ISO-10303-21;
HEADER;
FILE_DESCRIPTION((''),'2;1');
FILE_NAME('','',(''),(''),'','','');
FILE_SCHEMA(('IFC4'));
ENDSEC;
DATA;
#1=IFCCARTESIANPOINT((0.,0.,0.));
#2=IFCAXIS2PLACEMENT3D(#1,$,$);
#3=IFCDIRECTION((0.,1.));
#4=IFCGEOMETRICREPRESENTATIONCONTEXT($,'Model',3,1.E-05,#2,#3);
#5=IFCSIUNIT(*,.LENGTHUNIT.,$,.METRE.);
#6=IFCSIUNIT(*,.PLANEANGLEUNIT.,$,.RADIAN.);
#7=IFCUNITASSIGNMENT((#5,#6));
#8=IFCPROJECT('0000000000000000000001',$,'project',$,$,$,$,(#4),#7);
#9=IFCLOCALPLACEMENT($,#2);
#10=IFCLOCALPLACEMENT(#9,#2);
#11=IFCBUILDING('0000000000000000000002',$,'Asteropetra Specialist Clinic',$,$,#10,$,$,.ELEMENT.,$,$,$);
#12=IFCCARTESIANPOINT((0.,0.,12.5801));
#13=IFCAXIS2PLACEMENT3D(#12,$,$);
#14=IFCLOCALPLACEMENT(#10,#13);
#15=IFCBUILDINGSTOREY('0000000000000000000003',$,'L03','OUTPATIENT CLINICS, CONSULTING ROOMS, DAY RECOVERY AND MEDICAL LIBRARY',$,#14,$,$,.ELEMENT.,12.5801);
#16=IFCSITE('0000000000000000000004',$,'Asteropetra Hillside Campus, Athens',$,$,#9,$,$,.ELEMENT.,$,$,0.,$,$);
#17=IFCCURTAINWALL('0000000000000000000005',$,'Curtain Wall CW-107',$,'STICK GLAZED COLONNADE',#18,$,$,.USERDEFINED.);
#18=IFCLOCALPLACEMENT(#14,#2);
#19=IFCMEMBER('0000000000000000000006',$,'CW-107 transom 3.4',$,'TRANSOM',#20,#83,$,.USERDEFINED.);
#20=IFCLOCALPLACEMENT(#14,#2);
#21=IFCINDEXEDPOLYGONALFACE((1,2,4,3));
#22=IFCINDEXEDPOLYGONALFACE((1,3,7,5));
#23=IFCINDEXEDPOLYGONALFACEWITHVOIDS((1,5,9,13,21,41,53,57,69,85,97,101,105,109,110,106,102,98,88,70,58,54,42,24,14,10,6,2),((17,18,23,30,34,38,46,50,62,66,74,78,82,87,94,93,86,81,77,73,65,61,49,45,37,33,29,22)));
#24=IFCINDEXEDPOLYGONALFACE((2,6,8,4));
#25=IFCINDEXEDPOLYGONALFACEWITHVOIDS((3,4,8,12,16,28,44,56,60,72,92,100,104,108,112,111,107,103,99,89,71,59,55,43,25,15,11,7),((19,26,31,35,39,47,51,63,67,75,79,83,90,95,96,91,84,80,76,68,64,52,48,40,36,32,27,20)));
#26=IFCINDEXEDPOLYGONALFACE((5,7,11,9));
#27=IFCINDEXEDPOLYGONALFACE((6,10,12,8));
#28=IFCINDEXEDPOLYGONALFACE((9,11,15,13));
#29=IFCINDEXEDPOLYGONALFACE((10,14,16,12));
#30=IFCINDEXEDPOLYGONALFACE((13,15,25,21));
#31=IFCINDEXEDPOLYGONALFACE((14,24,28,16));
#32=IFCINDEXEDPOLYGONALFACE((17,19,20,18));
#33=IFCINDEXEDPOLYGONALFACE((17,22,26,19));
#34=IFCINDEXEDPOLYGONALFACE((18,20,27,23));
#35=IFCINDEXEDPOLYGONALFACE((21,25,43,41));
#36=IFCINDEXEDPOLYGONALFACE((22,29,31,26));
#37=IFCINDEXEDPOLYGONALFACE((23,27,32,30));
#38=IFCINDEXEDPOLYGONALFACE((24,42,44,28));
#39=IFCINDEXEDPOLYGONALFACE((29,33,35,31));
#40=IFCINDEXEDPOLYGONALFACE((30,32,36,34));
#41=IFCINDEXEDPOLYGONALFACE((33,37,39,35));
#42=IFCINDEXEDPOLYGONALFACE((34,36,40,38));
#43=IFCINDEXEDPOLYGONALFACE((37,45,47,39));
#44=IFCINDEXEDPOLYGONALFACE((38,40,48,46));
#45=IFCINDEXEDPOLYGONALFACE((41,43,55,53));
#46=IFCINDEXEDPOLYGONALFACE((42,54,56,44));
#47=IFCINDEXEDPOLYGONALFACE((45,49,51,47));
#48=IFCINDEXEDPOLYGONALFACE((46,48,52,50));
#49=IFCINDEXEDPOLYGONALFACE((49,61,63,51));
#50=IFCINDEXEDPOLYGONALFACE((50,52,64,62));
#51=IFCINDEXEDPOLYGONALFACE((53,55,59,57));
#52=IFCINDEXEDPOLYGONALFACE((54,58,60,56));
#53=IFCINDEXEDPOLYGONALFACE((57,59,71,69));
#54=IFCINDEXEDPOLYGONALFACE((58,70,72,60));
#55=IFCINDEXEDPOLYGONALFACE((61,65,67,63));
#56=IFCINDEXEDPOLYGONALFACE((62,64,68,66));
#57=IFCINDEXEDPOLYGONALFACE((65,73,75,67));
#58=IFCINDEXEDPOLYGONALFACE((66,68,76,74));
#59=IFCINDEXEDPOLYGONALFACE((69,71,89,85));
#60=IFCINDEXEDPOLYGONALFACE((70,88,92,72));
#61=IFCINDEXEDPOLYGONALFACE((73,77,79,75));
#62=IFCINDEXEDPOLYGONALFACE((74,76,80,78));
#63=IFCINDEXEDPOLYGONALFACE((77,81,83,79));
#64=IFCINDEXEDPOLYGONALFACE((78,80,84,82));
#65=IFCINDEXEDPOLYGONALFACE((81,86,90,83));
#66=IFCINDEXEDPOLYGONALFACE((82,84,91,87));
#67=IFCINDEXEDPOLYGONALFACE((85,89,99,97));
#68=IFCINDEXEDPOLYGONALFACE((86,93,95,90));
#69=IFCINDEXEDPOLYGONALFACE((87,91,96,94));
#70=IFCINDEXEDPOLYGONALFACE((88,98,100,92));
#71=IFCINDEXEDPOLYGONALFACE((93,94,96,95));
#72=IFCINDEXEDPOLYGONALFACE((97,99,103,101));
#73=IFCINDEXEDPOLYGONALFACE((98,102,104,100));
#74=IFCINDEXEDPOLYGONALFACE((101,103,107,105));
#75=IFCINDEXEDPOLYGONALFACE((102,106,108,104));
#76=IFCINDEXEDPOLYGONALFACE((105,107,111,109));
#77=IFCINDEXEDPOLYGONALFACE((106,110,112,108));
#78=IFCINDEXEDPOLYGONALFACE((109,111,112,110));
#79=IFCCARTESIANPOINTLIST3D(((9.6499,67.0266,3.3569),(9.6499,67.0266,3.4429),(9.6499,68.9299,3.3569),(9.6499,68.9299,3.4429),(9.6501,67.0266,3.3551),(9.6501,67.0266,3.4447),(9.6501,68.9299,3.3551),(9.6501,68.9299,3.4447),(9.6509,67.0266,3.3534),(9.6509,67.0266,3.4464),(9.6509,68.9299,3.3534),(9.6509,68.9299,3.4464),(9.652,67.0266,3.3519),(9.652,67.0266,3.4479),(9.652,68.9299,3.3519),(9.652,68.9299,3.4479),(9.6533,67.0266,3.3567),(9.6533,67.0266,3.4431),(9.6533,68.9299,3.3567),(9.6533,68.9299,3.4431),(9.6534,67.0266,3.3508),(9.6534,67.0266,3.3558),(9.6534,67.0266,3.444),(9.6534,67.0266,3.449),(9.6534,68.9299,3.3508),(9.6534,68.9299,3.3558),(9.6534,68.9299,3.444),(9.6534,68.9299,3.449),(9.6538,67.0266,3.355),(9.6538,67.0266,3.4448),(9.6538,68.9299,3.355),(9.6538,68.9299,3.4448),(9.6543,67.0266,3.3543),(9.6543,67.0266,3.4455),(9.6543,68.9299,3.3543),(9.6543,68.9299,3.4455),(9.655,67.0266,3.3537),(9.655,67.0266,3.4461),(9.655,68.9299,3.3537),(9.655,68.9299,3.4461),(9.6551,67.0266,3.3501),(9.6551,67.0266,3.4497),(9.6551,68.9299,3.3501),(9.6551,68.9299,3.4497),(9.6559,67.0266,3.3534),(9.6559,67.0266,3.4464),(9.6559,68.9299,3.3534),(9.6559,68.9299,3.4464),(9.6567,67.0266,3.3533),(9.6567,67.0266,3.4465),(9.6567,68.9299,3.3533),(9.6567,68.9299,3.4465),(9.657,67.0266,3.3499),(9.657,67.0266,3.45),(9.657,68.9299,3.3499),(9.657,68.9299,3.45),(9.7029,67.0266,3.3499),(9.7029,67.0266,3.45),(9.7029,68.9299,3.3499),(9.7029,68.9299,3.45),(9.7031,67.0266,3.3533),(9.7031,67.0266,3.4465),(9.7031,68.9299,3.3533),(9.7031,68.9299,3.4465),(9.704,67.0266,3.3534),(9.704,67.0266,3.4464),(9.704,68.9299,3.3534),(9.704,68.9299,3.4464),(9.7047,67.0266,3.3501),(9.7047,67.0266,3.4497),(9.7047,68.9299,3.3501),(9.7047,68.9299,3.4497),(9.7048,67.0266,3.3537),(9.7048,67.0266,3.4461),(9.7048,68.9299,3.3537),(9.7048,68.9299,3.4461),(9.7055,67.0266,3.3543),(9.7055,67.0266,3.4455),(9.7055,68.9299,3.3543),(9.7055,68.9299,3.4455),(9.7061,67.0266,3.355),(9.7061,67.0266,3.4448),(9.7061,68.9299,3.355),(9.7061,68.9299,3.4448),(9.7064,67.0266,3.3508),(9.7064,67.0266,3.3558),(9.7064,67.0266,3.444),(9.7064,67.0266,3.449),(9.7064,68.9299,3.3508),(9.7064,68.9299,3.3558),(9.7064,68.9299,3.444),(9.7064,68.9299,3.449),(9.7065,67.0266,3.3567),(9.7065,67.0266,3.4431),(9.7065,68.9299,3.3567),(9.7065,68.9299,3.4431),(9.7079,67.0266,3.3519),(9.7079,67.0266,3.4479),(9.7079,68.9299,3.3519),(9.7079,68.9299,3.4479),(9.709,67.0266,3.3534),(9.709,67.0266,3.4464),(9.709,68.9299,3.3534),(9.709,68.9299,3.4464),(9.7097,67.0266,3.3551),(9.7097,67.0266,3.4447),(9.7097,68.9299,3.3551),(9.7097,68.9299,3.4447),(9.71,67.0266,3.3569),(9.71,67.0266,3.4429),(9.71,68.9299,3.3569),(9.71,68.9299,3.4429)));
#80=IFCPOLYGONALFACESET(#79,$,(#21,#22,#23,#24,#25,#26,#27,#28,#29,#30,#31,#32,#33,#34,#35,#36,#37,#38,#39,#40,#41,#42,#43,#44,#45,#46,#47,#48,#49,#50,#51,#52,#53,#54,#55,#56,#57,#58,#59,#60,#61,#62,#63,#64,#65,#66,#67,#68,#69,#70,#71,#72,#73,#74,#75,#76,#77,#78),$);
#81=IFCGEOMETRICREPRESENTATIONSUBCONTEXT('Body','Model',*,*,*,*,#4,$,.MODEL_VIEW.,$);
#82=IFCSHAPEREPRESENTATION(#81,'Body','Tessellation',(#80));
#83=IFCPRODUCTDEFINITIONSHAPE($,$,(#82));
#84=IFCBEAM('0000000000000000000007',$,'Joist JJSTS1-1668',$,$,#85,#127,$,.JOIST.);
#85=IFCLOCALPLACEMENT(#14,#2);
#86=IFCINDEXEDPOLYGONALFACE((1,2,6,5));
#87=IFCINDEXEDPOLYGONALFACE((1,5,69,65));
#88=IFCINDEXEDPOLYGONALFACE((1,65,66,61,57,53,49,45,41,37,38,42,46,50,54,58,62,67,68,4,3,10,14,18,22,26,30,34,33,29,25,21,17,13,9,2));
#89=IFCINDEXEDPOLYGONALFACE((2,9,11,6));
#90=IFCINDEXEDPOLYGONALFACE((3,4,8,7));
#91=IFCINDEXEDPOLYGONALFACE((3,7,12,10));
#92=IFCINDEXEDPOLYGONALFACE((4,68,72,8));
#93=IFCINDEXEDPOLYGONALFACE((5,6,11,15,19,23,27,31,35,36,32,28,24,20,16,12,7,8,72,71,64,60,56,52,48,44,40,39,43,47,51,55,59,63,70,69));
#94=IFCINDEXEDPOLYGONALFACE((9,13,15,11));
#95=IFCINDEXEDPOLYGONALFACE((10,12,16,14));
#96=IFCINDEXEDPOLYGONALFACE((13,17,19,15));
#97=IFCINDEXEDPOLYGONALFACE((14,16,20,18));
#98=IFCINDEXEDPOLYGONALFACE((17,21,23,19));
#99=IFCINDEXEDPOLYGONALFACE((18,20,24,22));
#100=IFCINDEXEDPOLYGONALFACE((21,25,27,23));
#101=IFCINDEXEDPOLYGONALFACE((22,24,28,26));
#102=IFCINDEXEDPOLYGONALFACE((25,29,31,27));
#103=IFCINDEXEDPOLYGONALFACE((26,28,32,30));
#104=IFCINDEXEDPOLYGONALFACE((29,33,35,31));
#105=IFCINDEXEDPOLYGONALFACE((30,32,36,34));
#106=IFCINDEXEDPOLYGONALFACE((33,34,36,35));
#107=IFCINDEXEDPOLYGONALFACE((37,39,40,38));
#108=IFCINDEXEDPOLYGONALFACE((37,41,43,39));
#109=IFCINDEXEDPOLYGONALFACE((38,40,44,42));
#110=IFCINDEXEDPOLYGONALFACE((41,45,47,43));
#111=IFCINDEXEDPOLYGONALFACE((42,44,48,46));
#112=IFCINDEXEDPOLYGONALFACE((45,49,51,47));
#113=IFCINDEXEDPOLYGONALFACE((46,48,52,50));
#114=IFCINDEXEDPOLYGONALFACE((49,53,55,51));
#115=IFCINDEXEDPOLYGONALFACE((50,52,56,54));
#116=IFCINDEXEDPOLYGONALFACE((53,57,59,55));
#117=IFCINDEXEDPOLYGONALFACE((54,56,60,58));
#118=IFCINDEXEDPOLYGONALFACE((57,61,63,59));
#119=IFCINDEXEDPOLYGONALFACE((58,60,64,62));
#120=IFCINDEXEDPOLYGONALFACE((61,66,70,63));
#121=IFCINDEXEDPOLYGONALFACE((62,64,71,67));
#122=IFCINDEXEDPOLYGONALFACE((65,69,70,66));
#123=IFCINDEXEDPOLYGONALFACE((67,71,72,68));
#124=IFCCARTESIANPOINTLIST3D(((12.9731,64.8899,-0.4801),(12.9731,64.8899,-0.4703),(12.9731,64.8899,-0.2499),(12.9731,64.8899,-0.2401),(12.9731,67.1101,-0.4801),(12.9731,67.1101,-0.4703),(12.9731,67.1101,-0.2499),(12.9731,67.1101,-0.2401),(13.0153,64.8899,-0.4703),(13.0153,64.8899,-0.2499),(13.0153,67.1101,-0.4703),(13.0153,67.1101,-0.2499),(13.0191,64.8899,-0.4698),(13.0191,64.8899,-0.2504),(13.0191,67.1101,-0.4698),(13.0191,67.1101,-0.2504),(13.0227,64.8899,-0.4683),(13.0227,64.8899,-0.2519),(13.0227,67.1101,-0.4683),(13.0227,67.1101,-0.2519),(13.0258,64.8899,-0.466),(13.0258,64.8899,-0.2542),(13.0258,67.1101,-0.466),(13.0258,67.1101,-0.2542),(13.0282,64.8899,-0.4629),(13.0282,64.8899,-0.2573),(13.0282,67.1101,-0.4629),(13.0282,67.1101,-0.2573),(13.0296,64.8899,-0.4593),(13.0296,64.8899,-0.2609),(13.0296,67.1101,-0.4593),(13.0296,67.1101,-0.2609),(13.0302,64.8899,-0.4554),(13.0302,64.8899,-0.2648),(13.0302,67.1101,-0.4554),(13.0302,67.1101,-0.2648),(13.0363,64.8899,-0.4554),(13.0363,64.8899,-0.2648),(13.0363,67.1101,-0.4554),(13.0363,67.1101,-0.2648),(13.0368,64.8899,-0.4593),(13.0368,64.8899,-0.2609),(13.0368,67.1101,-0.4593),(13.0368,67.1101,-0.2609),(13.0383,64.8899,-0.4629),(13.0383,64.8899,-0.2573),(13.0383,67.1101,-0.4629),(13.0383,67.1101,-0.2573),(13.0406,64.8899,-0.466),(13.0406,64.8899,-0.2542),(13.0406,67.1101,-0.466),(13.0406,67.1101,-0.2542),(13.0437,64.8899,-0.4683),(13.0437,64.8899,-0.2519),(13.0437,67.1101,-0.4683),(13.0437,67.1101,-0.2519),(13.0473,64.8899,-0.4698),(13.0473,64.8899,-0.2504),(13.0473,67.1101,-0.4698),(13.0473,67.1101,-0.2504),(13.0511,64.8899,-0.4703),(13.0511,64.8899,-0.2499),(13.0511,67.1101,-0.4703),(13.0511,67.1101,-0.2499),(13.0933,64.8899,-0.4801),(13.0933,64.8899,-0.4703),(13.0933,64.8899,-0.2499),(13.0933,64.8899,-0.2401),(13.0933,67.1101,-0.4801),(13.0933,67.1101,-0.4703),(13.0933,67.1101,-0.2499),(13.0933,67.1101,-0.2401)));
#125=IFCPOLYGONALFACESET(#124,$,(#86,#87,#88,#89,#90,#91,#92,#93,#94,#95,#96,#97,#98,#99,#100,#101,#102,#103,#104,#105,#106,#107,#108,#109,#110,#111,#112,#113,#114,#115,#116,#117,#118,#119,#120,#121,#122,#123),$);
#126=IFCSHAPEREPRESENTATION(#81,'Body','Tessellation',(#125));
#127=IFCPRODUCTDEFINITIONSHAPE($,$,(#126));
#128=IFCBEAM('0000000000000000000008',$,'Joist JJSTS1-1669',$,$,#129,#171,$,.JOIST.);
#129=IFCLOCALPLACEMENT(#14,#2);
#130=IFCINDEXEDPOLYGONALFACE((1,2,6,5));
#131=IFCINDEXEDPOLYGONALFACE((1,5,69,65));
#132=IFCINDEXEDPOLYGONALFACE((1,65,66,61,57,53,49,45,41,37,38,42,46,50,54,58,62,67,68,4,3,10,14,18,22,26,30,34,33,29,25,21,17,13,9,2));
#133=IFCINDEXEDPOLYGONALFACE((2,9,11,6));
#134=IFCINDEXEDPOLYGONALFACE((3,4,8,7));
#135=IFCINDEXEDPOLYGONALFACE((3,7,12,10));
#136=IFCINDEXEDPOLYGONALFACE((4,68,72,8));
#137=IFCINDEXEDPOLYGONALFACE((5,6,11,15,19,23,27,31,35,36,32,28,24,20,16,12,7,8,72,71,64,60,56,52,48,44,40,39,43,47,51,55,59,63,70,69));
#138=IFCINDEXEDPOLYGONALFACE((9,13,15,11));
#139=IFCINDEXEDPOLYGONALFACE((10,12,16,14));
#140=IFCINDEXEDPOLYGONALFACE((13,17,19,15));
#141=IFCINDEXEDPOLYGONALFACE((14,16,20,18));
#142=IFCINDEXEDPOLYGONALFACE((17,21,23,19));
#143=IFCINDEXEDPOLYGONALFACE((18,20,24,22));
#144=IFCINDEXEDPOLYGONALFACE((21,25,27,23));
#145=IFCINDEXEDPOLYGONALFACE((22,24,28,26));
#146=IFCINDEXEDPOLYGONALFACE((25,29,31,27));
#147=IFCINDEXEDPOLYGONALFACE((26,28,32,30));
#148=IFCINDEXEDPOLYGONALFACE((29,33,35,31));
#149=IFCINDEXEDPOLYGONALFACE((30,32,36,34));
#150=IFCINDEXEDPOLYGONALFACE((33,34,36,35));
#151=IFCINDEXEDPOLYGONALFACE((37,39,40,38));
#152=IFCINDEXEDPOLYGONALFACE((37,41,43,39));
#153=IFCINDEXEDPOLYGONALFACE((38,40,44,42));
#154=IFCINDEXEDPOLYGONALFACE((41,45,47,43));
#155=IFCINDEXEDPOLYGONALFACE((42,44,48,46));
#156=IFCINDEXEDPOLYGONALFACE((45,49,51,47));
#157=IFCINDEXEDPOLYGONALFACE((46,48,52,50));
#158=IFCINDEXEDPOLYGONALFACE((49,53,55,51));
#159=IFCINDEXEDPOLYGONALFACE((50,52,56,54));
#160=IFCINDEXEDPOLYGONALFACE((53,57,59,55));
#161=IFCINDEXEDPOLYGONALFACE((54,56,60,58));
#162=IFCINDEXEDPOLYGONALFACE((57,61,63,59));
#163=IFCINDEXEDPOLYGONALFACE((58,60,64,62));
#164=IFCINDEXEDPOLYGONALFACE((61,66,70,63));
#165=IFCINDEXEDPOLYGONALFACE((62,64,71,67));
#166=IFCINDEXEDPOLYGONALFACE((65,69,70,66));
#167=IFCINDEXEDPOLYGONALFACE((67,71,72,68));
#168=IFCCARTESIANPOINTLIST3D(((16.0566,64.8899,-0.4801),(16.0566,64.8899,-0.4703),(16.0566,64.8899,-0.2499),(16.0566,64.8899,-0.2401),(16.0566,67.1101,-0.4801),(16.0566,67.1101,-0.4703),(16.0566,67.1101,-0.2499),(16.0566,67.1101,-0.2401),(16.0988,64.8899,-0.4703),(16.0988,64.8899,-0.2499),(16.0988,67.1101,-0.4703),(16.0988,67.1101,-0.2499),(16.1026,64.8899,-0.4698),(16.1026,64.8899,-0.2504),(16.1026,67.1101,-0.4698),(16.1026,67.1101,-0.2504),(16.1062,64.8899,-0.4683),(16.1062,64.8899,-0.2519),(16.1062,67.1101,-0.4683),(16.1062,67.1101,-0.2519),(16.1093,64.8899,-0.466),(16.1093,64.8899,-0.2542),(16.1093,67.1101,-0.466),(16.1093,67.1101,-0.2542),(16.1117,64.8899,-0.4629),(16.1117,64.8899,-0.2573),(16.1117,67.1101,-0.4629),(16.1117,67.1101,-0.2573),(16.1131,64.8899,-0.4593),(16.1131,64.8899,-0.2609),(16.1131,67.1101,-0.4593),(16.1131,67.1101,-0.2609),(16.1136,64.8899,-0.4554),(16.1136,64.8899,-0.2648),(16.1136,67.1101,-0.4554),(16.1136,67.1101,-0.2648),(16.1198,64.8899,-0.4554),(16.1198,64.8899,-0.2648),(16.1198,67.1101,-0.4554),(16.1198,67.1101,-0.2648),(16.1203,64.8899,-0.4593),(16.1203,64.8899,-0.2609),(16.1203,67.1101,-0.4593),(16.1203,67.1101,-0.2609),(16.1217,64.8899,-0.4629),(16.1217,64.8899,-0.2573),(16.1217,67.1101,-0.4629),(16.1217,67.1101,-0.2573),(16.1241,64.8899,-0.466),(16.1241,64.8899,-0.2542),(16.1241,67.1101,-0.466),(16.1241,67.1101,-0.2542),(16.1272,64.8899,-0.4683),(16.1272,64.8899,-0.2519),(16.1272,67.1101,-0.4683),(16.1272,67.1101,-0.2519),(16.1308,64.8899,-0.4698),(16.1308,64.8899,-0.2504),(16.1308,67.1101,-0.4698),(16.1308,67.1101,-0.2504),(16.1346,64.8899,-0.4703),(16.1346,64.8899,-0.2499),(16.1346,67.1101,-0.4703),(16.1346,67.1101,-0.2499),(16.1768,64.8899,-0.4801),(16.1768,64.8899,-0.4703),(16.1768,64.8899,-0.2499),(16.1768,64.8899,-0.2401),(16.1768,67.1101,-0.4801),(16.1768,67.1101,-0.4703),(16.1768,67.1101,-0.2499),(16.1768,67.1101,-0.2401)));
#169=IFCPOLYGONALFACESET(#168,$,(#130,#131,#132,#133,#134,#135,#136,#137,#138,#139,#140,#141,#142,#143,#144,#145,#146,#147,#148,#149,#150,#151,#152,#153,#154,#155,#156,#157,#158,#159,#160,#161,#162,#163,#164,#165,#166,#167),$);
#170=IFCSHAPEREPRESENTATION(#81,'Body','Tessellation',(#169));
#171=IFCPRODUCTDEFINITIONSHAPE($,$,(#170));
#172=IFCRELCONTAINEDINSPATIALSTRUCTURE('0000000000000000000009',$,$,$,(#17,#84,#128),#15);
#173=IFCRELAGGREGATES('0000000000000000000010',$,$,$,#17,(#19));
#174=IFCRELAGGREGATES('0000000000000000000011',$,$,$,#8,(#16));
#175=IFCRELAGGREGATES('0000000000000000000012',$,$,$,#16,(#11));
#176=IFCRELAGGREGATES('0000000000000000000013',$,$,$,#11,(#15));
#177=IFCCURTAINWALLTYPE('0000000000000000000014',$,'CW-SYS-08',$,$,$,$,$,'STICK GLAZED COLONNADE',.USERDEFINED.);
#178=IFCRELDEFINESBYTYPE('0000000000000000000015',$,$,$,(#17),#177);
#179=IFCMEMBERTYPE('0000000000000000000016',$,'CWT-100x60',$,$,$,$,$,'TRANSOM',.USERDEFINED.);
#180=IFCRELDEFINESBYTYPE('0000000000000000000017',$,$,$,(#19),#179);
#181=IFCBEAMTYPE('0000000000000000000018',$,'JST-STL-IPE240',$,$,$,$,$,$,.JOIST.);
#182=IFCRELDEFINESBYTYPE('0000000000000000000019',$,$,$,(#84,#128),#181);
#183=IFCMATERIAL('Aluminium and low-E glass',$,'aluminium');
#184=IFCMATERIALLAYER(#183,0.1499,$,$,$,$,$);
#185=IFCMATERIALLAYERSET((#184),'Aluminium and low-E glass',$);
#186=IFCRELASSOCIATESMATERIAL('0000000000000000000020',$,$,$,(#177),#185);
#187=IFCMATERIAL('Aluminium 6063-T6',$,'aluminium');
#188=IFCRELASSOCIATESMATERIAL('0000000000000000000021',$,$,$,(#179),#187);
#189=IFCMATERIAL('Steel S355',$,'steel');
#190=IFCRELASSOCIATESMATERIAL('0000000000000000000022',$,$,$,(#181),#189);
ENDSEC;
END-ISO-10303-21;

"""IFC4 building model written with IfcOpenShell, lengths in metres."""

from ifc_helpers import new_model, si_unit, direction, frame, origin, origin_2d, place, context, subcontext, project, spatial, hollow_rectangle, i_section, extrude, material, layer, layer_set, material_profile, profile_set, type_object, element, aggregate, save


model = new_model("IFC4")

# Units and contexts
model_context = context("Model", 3, precision=1e-05, world=origin(), true_north=direction((0.0, 1.0)))
body_context = subcontext(model_context, "Body", "Model", "MODEL_VIEW")
ifc_project = project(units=[si_unit("LENGTHUNIT", "METRE"), si_unit("PLANEANGLEUNIT", "RADIAN")], contexts=[model_context])

# Site, building, storey
site_placement = place(None, origin())
site = spatial("IfcSite", under=ifc_project, at=site_placement, Name="Asteropetra Hillside Campus, Athens", CompositionType="ELEMENT", RefElevation=0.0)
building_placement = place(site_placement, origin())
building = spatial("IfcBuilding", under=site, at=building_placement, Name="Asteropetra Specialist Clinic", CompositionType="ELEMENT")
storey_placement = place(building_placement, frame((0.0, 0.0, 12.5801)))
storey = spatial("IfcBuildingStorey", under=building, at=storey_placement, Name="L03", Description="OUTPATIENT CLINICS, CONSULTING ROOMS, DAY RECOVERY AND MEDICAL LIBRARY", CompositionType="ELEMENT", Elevation=12.5801)

# Curtain wall, member
ifc_material_1 = material(Name="Aluminium and low-E glass", Category="aluminium")
ifc_layer_1 = layer(ifc_material_1, 0.1499)
ifc_layer_set_1 = layer_set([ifc_layer_1], Name="Aluminium and low-E glass")
curtain_wall_type = type_object("IfcCurtainWallType", Name="CW-SYS-08", ElementType="STICK GLAZED COLONNADE", PredefinedType="USERDEFINED", material=ifc_layer_set_1)
curtain_wall_placement = place(storey_placement, origin())
curtain_wall = element("IfcCurtainWall", 1, at=curtain_wall_placement, inside=storey, type_object=curtain_wall_type, Name="Curtain Wall CW-107", ObjectType="STICK GLAZED COLONNADE", PredefinedType="USERDEFINED")
ifc_material_2 = material(Name="Aluminium 6063-T6", Category="aluminium")
ifc_material_profile_1 = material_profile(ifc_material_2, hollow_rectangle(XDim=0.0601, YDim=0.1001, WallThickness=0.0034, InnerFilletRadius=0.0034, OuterFilletRadius=0.0071, at=origin_2d()), Name="TRN 100x60x3.5")
ifc_profile_set_1 = profile_set([ifc_material_profile_1], Name="Aluminium 6063-T6")
member_type_1 = type_object("IfcMemberType", Name="CWT-100x60", ElementType="TRANSOM", PredefinedType="USERDEFINED", material=ifc_profile_set_1)
member_1_placement = place(storey_placement, frame((9.6799, 67.0266, 3.3999), z_axis=(0.0, 1.0, 0.0), x_axis=(-1.0, 0.0, 0.0)))
member_1 = element("IfcMember", 2, at=member_1_placement, type_object=member_type_1, Name="CW-107 transom 3.4", ObjectType="TRANSOM", PredefinedType="USERDEFINED", context=body_context, shape_type="SweptSolid", body=[
    extrude(hollow_rectangle(XDim=0.0601, YDim=0.1001, WallThickness=0.0034, InnerFilletRadius=0.0034, OuterFilletRadius=0.0071, at=origin_2d()), origin(), (0.0, 0.0, 1.0), 1.9033),
])

# Beams
ifc_material_3 = material(Name="Steel S355", Category="steel")
ifc_material_profile_2 = material_profile(ifc_material_3, i_section(OverallWidth=0.1201, OverallDepth=0.24, WebThickness=0.0061, FlangeThickness=0.0098, FilletRadius=0.0149, at=origin_2d()), Name="IPE 240")
ifc_profile_set_2 = profile_set([ifc_material_profile_2], Name="Steel S355")
beam_type_1 = type_object("IfcBeamType", Name="JST-STL-IPE240", PredefinedType="JOIST", material=ifc_profile_set_2)
for number, where, z_axis, x_axis, name in (
    (3, (13.0332, 64.8899, -0.3601), (0.0, 1.0, 0.0), (-1.0, 0.0, 0.0), "Joist JJSTS1-1668"),
    (4, (16.1167, 64.8899, -0.3601), (0.0, 1.0, 0.0), (-1.0, 0.0, 0.0), "Joist JJSTS1-1669"),
):
    element("IfcBeam", number, at=place(storey_placement, frame(where, z_axis=z_axis, x_axis=x_axis)), inside=storey, type_object=beam_type_1, Name=name, PredefinedType="JOIST", context=body_context, shape_type="SweptSolid", body=[
        extrude(i_section(OverallWidth=0.1201, OverallDepth=0.24, WebThickness=0.0061, FlangeThickness=0.0098, FilletRadius=0.0149, at=origin_2d()), origin(), (0.0, 0.0, 1.0), 2.2202),
    ])

aggregate(curtain_wall, [member_1])

save(model, "model.ifc")
